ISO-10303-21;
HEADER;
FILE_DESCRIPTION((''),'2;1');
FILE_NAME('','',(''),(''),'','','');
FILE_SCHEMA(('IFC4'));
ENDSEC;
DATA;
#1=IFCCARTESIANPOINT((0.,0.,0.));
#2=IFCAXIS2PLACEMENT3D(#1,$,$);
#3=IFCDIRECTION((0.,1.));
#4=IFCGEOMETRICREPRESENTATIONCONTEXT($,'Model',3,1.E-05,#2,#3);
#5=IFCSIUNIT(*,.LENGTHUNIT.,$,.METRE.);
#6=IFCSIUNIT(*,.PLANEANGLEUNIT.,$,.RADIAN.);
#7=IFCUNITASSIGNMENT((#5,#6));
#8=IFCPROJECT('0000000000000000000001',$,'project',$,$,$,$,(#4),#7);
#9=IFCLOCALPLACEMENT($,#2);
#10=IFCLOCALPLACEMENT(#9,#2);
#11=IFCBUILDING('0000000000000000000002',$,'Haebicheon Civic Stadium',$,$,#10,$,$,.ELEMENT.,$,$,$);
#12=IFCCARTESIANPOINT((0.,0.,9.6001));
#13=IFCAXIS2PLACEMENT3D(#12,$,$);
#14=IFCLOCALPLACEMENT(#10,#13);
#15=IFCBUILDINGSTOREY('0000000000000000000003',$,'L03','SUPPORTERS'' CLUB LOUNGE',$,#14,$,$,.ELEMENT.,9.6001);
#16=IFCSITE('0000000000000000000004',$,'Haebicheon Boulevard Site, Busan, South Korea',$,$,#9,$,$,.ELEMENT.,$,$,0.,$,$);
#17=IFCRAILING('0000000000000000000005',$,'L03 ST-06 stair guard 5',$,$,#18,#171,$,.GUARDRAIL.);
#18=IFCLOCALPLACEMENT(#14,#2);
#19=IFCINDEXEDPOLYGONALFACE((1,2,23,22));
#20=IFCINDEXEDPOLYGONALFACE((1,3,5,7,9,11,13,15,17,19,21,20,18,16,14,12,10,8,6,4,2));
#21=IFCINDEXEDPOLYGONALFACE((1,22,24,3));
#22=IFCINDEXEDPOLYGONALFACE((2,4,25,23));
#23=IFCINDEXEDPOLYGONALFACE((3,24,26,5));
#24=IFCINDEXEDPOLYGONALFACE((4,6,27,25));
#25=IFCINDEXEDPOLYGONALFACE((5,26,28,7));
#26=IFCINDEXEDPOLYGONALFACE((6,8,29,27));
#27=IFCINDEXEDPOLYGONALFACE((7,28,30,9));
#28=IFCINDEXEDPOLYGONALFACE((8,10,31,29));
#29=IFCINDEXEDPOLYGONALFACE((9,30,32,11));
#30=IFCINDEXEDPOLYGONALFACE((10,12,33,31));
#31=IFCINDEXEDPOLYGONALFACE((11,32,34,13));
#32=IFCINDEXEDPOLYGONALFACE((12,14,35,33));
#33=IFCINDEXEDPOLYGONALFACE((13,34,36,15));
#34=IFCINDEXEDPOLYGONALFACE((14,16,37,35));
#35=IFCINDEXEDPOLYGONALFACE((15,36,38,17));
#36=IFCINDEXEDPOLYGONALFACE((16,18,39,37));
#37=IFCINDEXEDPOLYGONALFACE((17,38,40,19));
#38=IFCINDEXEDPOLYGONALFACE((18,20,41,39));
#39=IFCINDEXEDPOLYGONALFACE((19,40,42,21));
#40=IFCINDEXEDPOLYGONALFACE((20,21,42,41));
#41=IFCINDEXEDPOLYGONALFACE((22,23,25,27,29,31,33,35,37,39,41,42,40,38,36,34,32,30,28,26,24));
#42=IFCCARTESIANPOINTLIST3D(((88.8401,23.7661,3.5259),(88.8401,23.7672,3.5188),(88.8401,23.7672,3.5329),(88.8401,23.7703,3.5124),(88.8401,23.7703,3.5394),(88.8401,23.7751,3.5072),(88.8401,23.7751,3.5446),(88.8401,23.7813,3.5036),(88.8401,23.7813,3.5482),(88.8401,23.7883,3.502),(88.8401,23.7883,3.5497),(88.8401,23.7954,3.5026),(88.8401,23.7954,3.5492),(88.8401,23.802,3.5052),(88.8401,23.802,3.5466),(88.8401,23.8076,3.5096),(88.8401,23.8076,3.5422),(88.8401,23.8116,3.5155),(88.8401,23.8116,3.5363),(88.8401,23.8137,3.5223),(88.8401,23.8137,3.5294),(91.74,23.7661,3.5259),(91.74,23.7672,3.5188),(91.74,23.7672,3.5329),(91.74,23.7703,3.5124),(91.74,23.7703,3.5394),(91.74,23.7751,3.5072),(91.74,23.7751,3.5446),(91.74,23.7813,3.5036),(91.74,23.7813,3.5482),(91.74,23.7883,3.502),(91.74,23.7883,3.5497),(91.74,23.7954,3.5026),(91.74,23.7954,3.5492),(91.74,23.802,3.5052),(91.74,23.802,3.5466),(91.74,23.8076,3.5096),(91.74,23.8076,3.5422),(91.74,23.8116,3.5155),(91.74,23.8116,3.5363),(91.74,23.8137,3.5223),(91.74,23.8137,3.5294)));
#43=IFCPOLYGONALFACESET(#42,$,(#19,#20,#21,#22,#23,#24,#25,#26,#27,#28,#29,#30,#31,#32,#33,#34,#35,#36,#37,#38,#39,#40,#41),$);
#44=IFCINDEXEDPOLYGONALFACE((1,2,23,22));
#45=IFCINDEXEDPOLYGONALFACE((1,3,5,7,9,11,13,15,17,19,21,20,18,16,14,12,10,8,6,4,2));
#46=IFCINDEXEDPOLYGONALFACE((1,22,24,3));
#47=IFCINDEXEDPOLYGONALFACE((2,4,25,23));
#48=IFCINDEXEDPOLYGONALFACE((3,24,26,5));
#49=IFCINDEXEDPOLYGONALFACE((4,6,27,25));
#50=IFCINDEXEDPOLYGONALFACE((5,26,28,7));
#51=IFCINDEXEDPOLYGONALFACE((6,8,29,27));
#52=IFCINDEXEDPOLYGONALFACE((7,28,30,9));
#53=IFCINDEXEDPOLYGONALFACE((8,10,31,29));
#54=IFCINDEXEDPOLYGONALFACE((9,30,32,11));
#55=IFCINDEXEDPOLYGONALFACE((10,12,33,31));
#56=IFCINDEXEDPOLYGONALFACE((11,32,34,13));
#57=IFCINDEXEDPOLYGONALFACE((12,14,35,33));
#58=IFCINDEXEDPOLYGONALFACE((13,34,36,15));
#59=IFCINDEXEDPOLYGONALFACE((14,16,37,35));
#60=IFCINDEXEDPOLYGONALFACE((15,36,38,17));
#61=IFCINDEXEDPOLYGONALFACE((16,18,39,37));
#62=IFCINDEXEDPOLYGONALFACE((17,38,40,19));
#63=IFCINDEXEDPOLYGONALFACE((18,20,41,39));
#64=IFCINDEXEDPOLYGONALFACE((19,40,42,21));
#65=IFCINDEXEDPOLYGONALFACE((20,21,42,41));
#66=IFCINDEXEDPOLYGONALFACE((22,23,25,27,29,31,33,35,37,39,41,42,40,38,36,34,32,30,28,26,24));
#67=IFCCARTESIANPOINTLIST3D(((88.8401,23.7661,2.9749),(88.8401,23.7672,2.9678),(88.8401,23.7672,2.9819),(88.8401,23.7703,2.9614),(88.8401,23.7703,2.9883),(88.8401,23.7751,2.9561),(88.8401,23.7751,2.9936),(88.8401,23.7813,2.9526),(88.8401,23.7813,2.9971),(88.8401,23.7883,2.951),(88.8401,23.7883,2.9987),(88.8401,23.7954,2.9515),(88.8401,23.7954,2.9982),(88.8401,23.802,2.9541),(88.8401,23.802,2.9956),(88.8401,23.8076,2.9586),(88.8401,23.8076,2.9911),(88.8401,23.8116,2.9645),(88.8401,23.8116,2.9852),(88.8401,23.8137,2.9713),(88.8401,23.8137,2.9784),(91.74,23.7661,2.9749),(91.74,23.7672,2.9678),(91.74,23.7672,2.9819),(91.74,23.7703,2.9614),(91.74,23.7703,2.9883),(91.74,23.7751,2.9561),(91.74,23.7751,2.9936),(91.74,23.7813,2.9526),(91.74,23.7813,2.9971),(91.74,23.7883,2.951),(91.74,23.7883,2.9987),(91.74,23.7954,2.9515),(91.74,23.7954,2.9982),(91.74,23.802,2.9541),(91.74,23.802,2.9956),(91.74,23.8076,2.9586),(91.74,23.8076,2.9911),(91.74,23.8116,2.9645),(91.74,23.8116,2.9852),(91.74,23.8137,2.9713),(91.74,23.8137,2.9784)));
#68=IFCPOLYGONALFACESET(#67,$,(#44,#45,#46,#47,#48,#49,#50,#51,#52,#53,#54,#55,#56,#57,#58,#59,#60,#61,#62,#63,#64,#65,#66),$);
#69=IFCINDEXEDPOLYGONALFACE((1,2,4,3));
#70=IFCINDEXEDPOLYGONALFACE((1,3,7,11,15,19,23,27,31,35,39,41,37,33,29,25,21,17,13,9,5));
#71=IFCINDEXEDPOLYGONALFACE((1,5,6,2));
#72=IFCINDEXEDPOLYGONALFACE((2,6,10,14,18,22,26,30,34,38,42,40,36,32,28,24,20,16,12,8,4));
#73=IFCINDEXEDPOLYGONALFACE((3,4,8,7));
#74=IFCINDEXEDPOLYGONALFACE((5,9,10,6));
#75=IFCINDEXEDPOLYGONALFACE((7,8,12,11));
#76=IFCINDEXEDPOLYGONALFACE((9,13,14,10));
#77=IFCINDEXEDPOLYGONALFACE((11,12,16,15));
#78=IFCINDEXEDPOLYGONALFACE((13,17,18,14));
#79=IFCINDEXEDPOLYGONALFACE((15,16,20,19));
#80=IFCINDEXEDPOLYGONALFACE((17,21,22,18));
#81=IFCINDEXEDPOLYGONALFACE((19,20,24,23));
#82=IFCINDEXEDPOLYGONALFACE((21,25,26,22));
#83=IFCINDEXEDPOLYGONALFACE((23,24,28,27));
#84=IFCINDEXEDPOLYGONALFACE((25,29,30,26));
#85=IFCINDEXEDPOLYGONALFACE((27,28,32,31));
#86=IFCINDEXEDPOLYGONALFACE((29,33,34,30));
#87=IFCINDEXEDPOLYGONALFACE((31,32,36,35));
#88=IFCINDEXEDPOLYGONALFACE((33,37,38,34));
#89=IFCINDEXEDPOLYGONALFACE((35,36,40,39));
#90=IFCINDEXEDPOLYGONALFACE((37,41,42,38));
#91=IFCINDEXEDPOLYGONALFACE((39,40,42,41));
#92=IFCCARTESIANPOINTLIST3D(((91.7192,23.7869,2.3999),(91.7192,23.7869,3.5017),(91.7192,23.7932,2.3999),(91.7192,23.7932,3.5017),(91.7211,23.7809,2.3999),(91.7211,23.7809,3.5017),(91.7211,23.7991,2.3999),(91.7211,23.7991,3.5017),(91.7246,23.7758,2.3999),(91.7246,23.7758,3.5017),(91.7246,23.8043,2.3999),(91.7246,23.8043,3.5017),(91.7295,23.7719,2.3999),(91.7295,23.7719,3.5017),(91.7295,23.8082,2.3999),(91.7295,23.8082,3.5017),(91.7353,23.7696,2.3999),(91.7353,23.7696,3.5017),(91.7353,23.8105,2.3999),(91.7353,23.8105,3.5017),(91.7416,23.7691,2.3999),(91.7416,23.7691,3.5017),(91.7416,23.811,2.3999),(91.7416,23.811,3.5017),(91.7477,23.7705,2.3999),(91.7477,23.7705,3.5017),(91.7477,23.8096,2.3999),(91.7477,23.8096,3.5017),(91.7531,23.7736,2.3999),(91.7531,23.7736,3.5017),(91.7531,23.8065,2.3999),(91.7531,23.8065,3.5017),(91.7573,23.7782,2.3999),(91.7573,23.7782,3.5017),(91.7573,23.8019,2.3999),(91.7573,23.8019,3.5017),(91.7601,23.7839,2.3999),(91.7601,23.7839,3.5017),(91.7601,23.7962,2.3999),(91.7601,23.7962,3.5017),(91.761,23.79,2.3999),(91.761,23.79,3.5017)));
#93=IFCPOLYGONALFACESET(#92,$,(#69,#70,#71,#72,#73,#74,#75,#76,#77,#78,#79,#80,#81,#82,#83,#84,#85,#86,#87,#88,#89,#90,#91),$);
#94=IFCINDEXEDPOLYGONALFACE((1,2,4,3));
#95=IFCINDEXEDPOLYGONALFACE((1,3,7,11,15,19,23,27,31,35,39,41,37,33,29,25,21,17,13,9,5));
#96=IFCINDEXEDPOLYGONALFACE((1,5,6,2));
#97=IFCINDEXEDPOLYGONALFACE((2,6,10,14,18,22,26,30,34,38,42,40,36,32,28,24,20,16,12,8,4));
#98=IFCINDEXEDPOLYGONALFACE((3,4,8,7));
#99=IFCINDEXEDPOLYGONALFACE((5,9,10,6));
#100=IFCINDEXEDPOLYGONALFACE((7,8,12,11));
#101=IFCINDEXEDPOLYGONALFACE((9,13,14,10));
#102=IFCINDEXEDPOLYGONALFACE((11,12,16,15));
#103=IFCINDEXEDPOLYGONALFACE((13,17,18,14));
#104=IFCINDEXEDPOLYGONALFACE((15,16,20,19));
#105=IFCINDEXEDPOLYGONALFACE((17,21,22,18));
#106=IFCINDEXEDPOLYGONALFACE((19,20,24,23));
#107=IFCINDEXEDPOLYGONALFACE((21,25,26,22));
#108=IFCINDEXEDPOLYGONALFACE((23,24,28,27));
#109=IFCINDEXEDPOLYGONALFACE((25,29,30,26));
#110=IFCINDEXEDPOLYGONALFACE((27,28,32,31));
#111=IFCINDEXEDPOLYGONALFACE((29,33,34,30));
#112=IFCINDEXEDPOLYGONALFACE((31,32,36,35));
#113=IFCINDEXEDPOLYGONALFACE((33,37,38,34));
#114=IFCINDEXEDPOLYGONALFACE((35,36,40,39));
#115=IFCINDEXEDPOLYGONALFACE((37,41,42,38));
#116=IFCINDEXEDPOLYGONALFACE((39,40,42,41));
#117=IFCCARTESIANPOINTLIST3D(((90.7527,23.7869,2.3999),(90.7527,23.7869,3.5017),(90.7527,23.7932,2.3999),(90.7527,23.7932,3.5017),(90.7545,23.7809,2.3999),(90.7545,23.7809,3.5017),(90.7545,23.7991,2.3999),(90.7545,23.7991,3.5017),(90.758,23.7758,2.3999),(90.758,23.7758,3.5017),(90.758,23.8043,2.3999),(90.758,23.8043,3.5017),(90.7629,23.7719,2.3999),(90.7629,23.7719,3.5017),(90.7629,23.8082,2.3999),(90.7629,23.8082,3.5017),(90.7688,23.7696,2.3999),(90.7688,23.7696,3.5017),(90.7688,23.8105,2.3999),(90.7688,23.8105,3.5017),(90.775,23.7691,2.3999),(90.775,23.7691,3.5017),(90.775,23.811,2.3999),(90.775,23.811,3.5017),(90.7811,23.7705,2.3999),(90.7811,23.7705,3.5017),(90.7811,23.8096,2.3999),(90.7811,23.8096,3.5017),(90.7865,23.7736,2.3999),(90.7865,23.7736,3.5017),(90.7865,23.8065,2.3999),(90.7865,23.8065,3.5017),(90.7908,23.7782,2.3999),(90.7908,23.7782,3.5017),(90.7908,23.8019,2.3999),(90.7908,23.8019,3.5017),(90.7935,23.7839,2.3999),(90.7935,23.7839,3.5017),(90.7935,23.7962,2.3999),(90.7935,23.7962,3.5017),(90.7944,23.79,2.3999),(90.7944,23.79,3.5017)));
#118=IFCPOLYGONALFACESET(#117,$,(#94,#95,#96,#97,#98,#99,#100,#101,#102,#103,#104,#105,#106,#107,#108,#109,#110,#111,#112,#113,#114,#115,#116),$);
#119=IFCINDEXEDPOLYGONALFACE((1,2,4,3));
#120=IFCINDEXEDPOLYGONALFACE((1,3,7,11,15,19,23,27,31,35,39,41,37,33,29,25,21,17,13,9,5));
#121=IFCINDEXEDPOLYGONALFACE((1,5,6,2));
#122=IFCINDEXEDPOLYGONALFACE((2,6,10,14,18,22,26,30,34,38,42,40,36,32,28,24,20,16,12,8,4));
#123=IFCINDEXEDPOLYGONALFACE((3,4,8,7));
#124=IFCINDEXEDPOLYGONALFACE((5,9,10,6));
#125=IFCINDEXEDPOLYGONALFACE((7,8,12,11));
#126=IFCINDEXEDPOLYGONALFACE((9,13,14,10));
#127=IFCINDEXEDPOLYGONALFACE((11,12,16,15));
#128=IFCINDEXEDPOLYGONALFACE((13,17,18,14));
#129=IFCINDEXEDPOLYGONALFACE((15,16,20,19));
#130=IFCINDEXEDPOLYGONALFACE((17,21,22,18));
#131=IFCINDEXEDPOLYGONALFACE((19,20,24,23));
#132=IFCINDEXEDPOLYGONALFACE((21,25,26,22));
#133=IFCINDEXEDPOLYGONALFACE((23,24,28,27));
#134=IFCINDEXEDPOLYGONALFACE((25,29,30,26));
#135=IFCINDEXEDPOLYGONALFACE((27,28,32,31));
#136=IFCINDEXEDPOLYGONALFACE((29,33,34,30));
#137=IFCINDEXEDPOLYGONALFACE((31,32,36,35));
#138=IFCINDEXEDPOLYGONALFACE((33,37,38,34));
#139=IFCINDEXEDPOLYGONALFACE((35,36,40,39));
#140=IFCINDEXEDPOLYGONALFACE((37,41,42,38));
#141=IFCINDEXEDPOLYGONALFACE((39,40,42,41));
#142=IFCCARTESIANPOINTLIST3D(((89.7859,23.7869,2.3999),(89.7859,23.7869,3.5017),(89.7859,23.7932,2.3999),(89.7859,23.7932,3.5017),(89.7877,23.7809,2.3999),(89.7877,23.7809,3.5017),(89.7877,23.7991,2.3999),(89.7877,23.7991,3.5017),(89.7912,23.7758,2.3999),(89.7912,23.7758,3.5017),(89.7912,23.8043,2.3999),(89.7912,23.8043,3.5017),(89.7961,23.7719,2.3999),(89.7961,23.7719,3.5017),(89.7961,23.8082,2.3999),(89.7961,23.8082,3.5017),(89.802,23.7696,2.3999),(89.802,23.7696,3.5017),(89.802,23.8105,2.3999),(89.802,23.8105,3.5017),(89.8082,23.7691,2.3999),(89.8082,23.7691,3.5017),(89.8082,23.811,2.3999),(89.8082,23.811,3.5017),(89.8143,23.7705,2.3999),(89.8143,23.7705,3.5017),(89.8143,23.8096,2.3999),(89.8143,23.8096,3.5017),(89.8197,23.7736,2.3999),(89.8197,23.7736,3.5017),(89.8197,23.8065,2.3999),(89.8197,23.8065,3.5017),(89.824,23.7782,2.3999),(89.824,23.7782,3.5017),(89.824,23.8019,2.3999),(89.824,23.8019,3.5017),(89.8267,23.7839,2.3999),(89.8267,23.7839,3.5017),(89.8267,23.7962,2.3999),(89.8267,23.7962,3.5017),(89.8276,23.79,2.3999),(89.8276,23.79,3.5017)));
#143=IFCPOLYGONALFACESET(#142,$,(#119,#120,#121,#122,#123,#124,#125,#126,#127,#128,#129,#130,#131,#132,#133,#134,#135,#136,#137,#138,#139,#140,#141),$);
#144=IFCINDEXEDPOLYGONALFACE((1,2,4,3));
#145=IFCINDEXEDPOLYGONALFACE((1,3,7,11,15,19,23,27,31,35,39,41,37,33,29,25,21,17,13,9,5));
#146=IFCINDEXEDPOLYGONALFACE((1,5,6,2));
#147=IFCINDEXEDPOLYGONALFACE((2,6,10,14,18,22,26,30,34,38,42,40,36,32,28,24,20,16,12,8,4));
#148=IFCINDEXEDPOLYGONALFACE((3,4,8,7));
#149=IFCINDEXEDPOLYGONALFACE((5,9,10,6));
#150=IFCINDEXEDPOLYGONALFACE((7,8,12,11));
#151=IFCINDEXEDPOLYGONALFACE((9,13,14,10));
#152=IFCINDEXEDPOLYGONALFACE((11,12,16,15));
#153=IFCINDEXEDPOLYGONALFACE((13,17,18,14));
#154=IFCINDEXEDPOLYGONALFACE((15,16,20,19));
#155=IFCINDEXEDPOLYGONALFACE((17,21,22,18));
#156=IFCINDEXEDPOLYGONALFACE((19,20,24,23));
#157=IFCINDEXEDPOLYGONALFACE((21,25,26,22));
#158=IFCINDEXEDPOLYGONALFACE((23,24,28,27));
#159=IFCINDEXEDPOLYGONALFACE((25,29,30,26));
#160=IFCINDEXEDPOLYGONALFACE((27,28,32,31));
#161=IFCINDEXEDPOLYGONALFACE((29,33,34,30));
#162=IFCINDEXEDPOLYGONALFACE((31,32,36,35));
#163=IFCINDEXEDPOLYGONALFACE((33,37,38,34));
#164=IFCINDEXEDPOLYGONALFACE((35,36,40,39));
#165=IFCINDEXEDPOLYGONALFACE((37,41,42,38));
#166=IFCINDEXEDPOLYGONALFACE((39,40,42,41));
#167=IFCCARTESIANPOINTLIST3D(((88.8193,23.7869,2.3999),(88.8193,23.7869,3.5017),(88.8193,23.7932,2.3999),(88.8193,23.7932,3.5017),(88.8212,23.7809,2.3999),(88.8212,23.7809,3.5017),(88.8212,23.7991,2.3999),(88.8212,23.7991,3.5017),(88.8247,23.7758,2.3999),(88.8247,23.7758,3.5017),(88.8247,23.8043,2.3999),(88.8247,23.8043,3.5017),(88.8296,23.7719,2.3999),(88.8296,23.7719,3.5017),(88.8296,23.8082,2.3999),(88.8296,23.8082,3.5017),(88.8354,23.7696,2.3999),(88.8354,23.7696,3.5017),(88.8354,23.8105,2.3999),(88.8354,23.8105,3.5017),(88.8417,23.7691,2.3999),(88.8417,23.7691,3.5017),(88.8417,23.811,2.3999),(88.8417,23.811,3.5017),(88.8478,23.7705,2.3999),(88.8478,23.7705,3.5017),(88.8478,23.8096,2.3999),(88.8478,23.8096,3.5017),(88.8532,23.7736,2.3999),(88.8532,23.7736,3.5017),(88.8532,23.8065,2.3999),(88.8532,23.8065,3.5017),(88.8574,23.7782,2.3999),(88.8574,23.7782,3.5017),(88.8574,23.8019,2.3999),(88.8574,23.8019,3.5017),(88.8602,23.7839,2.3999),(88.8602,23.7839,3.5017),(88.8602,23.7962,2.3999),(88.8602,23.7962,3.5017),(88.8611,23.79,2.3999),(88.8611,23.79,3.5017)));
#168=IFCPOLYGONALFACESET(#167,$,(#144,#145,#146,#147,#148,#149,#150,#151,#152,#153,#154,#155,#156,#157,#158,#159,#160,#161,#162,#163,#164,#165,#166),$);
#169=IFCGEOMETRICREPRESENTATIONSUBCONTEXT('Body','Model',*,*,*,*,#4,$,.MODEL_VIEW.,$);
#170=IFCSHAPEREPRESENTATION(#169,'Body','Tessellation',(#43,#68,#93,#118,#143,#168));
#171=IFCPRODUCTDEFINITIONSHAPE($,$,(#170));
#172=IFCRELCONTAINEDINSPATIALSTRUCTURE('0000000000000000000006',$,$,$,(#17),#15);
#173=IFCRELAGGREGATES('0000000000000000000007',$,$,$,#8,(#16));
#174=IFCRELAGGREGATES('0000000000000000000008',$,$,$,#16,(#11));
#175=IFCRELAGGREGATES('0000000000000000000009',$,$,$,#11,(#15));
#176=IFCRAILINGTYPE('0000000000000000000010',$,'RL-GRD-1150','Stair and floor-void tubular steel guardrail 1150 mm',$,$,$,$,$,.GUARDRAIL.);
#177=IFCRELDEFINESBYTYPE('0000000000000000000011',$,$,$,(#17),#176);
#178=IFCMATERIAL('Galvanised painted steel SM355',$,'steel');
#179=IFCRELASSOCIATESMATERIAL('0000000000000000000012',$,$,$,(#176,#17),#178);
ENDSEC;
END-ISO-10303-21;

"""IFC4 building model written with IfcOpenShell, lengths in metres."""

from ifc_helpers import new_model, si_unit, direction, frame, origin, origin_2d, place, context, subcontext, project, spatial, circle, extrude, material, type_object, element, save


model = new_model("IFC4")

# Units and contexts
model_context = context("Model", 3, precision=1e-05, world=origin(), true_north=direction((0.0, 1.0)))
body_context = subcontext(model_context, "Body", "Model", "MODEL_VIEW")
ifc_project = project(units=[si_unit("LENGTHUNIT", "METRE"), si_unit("PLANEANGLEUNIT", "RADIAN")], contexts=[model_context])

# Site, building, storey
site_placement = place(None, origin())
site = spatial("IfcSite", under=ifc_project, at=site_placement, Name="Haebicheon Boulevard Site, Busan, South Korea", CompositionType="ELEMENT", RefElevation=0.0)
building_placement = place(site_placement, origin())
building = spatial("IfcBuilding", under=site, at=building_placement, Name="Haebicheon Civic Stadium", CompositionType="ELEMENT")
storey_placement = place(building_placement, frame((0.0, 0.0, 9.6001)))
storey = spatial("IfcBuildingStorey", under=building, at=storey_placement, Name="L03", Description="SUPPORTERS' CLUB LOUNGE", CompositionType="ELEMENT", Elevation=9.6001)

# Railing
ifc_material_1 = material(Name="Galvanised painted steel SM355", Category="steel")
railing_type_1 = type_object("IfcRailingType", Name="RL-GRD-1150", Description="Stair and floor-void tubular steel guardrail 1150 mm", PredefinedType="GUARDRAIL", material=ifc_material_1)
railing_1_placement = place(storey_placement, frame((91.74, 23.79, 2.3999)))
element("IfcRailing", 1, at=railing_1_placement, inside=storey, type_object=railing_type_1, material=ifc_material_1, Name="L03 ST-06 stair guard 5", PredefinedType="GUARDRAIL", context=body_context, shape_type="SweptSolid", body=[
    extrude(circle(Radius=0.0239, at=origin_2d()), frame((0.0, 0.0, 1.126), z_axis=(-1.0, 0.0, 0.0), x_axis=(0.0, -1.0, 0.0)), (0.0, 0.0, 1.0), 2.8999),
    extrude(circle(Radius=0.0239, at=origin_2d()), frame((0.0, 0.0, 0.575), z_axis=(-1.0, 0.0, 0.0), x_axis=(0.0, -1.0, 0.0)), (0.0, 0.0, 1.0), 2.8999),
    extrude(circle(Radius=0.021, at=origin_2d()), origin(), (0.0, 0.0, 1.0), 1.1018),
    extrude(circle(Radius=0.021, at=origin_2d()), frame((-0.9666, 0.0, 0.0)), (0.0, 0.0, 1.0), 1.1018),
    extrude(circle(Radius=0.021, at=origin_2d()), frame((-1.9333, 0.0, 0.0)), (0.0, 0.0, 1.0), 1.1018),
    extrude(circle(Radius=0.021, at=origin_2d()), frame((-2.8999, 0.0, 0.0)), (0.0, 0.0, 1.0), 1.1018),
])

save(model, "model.ifc")
